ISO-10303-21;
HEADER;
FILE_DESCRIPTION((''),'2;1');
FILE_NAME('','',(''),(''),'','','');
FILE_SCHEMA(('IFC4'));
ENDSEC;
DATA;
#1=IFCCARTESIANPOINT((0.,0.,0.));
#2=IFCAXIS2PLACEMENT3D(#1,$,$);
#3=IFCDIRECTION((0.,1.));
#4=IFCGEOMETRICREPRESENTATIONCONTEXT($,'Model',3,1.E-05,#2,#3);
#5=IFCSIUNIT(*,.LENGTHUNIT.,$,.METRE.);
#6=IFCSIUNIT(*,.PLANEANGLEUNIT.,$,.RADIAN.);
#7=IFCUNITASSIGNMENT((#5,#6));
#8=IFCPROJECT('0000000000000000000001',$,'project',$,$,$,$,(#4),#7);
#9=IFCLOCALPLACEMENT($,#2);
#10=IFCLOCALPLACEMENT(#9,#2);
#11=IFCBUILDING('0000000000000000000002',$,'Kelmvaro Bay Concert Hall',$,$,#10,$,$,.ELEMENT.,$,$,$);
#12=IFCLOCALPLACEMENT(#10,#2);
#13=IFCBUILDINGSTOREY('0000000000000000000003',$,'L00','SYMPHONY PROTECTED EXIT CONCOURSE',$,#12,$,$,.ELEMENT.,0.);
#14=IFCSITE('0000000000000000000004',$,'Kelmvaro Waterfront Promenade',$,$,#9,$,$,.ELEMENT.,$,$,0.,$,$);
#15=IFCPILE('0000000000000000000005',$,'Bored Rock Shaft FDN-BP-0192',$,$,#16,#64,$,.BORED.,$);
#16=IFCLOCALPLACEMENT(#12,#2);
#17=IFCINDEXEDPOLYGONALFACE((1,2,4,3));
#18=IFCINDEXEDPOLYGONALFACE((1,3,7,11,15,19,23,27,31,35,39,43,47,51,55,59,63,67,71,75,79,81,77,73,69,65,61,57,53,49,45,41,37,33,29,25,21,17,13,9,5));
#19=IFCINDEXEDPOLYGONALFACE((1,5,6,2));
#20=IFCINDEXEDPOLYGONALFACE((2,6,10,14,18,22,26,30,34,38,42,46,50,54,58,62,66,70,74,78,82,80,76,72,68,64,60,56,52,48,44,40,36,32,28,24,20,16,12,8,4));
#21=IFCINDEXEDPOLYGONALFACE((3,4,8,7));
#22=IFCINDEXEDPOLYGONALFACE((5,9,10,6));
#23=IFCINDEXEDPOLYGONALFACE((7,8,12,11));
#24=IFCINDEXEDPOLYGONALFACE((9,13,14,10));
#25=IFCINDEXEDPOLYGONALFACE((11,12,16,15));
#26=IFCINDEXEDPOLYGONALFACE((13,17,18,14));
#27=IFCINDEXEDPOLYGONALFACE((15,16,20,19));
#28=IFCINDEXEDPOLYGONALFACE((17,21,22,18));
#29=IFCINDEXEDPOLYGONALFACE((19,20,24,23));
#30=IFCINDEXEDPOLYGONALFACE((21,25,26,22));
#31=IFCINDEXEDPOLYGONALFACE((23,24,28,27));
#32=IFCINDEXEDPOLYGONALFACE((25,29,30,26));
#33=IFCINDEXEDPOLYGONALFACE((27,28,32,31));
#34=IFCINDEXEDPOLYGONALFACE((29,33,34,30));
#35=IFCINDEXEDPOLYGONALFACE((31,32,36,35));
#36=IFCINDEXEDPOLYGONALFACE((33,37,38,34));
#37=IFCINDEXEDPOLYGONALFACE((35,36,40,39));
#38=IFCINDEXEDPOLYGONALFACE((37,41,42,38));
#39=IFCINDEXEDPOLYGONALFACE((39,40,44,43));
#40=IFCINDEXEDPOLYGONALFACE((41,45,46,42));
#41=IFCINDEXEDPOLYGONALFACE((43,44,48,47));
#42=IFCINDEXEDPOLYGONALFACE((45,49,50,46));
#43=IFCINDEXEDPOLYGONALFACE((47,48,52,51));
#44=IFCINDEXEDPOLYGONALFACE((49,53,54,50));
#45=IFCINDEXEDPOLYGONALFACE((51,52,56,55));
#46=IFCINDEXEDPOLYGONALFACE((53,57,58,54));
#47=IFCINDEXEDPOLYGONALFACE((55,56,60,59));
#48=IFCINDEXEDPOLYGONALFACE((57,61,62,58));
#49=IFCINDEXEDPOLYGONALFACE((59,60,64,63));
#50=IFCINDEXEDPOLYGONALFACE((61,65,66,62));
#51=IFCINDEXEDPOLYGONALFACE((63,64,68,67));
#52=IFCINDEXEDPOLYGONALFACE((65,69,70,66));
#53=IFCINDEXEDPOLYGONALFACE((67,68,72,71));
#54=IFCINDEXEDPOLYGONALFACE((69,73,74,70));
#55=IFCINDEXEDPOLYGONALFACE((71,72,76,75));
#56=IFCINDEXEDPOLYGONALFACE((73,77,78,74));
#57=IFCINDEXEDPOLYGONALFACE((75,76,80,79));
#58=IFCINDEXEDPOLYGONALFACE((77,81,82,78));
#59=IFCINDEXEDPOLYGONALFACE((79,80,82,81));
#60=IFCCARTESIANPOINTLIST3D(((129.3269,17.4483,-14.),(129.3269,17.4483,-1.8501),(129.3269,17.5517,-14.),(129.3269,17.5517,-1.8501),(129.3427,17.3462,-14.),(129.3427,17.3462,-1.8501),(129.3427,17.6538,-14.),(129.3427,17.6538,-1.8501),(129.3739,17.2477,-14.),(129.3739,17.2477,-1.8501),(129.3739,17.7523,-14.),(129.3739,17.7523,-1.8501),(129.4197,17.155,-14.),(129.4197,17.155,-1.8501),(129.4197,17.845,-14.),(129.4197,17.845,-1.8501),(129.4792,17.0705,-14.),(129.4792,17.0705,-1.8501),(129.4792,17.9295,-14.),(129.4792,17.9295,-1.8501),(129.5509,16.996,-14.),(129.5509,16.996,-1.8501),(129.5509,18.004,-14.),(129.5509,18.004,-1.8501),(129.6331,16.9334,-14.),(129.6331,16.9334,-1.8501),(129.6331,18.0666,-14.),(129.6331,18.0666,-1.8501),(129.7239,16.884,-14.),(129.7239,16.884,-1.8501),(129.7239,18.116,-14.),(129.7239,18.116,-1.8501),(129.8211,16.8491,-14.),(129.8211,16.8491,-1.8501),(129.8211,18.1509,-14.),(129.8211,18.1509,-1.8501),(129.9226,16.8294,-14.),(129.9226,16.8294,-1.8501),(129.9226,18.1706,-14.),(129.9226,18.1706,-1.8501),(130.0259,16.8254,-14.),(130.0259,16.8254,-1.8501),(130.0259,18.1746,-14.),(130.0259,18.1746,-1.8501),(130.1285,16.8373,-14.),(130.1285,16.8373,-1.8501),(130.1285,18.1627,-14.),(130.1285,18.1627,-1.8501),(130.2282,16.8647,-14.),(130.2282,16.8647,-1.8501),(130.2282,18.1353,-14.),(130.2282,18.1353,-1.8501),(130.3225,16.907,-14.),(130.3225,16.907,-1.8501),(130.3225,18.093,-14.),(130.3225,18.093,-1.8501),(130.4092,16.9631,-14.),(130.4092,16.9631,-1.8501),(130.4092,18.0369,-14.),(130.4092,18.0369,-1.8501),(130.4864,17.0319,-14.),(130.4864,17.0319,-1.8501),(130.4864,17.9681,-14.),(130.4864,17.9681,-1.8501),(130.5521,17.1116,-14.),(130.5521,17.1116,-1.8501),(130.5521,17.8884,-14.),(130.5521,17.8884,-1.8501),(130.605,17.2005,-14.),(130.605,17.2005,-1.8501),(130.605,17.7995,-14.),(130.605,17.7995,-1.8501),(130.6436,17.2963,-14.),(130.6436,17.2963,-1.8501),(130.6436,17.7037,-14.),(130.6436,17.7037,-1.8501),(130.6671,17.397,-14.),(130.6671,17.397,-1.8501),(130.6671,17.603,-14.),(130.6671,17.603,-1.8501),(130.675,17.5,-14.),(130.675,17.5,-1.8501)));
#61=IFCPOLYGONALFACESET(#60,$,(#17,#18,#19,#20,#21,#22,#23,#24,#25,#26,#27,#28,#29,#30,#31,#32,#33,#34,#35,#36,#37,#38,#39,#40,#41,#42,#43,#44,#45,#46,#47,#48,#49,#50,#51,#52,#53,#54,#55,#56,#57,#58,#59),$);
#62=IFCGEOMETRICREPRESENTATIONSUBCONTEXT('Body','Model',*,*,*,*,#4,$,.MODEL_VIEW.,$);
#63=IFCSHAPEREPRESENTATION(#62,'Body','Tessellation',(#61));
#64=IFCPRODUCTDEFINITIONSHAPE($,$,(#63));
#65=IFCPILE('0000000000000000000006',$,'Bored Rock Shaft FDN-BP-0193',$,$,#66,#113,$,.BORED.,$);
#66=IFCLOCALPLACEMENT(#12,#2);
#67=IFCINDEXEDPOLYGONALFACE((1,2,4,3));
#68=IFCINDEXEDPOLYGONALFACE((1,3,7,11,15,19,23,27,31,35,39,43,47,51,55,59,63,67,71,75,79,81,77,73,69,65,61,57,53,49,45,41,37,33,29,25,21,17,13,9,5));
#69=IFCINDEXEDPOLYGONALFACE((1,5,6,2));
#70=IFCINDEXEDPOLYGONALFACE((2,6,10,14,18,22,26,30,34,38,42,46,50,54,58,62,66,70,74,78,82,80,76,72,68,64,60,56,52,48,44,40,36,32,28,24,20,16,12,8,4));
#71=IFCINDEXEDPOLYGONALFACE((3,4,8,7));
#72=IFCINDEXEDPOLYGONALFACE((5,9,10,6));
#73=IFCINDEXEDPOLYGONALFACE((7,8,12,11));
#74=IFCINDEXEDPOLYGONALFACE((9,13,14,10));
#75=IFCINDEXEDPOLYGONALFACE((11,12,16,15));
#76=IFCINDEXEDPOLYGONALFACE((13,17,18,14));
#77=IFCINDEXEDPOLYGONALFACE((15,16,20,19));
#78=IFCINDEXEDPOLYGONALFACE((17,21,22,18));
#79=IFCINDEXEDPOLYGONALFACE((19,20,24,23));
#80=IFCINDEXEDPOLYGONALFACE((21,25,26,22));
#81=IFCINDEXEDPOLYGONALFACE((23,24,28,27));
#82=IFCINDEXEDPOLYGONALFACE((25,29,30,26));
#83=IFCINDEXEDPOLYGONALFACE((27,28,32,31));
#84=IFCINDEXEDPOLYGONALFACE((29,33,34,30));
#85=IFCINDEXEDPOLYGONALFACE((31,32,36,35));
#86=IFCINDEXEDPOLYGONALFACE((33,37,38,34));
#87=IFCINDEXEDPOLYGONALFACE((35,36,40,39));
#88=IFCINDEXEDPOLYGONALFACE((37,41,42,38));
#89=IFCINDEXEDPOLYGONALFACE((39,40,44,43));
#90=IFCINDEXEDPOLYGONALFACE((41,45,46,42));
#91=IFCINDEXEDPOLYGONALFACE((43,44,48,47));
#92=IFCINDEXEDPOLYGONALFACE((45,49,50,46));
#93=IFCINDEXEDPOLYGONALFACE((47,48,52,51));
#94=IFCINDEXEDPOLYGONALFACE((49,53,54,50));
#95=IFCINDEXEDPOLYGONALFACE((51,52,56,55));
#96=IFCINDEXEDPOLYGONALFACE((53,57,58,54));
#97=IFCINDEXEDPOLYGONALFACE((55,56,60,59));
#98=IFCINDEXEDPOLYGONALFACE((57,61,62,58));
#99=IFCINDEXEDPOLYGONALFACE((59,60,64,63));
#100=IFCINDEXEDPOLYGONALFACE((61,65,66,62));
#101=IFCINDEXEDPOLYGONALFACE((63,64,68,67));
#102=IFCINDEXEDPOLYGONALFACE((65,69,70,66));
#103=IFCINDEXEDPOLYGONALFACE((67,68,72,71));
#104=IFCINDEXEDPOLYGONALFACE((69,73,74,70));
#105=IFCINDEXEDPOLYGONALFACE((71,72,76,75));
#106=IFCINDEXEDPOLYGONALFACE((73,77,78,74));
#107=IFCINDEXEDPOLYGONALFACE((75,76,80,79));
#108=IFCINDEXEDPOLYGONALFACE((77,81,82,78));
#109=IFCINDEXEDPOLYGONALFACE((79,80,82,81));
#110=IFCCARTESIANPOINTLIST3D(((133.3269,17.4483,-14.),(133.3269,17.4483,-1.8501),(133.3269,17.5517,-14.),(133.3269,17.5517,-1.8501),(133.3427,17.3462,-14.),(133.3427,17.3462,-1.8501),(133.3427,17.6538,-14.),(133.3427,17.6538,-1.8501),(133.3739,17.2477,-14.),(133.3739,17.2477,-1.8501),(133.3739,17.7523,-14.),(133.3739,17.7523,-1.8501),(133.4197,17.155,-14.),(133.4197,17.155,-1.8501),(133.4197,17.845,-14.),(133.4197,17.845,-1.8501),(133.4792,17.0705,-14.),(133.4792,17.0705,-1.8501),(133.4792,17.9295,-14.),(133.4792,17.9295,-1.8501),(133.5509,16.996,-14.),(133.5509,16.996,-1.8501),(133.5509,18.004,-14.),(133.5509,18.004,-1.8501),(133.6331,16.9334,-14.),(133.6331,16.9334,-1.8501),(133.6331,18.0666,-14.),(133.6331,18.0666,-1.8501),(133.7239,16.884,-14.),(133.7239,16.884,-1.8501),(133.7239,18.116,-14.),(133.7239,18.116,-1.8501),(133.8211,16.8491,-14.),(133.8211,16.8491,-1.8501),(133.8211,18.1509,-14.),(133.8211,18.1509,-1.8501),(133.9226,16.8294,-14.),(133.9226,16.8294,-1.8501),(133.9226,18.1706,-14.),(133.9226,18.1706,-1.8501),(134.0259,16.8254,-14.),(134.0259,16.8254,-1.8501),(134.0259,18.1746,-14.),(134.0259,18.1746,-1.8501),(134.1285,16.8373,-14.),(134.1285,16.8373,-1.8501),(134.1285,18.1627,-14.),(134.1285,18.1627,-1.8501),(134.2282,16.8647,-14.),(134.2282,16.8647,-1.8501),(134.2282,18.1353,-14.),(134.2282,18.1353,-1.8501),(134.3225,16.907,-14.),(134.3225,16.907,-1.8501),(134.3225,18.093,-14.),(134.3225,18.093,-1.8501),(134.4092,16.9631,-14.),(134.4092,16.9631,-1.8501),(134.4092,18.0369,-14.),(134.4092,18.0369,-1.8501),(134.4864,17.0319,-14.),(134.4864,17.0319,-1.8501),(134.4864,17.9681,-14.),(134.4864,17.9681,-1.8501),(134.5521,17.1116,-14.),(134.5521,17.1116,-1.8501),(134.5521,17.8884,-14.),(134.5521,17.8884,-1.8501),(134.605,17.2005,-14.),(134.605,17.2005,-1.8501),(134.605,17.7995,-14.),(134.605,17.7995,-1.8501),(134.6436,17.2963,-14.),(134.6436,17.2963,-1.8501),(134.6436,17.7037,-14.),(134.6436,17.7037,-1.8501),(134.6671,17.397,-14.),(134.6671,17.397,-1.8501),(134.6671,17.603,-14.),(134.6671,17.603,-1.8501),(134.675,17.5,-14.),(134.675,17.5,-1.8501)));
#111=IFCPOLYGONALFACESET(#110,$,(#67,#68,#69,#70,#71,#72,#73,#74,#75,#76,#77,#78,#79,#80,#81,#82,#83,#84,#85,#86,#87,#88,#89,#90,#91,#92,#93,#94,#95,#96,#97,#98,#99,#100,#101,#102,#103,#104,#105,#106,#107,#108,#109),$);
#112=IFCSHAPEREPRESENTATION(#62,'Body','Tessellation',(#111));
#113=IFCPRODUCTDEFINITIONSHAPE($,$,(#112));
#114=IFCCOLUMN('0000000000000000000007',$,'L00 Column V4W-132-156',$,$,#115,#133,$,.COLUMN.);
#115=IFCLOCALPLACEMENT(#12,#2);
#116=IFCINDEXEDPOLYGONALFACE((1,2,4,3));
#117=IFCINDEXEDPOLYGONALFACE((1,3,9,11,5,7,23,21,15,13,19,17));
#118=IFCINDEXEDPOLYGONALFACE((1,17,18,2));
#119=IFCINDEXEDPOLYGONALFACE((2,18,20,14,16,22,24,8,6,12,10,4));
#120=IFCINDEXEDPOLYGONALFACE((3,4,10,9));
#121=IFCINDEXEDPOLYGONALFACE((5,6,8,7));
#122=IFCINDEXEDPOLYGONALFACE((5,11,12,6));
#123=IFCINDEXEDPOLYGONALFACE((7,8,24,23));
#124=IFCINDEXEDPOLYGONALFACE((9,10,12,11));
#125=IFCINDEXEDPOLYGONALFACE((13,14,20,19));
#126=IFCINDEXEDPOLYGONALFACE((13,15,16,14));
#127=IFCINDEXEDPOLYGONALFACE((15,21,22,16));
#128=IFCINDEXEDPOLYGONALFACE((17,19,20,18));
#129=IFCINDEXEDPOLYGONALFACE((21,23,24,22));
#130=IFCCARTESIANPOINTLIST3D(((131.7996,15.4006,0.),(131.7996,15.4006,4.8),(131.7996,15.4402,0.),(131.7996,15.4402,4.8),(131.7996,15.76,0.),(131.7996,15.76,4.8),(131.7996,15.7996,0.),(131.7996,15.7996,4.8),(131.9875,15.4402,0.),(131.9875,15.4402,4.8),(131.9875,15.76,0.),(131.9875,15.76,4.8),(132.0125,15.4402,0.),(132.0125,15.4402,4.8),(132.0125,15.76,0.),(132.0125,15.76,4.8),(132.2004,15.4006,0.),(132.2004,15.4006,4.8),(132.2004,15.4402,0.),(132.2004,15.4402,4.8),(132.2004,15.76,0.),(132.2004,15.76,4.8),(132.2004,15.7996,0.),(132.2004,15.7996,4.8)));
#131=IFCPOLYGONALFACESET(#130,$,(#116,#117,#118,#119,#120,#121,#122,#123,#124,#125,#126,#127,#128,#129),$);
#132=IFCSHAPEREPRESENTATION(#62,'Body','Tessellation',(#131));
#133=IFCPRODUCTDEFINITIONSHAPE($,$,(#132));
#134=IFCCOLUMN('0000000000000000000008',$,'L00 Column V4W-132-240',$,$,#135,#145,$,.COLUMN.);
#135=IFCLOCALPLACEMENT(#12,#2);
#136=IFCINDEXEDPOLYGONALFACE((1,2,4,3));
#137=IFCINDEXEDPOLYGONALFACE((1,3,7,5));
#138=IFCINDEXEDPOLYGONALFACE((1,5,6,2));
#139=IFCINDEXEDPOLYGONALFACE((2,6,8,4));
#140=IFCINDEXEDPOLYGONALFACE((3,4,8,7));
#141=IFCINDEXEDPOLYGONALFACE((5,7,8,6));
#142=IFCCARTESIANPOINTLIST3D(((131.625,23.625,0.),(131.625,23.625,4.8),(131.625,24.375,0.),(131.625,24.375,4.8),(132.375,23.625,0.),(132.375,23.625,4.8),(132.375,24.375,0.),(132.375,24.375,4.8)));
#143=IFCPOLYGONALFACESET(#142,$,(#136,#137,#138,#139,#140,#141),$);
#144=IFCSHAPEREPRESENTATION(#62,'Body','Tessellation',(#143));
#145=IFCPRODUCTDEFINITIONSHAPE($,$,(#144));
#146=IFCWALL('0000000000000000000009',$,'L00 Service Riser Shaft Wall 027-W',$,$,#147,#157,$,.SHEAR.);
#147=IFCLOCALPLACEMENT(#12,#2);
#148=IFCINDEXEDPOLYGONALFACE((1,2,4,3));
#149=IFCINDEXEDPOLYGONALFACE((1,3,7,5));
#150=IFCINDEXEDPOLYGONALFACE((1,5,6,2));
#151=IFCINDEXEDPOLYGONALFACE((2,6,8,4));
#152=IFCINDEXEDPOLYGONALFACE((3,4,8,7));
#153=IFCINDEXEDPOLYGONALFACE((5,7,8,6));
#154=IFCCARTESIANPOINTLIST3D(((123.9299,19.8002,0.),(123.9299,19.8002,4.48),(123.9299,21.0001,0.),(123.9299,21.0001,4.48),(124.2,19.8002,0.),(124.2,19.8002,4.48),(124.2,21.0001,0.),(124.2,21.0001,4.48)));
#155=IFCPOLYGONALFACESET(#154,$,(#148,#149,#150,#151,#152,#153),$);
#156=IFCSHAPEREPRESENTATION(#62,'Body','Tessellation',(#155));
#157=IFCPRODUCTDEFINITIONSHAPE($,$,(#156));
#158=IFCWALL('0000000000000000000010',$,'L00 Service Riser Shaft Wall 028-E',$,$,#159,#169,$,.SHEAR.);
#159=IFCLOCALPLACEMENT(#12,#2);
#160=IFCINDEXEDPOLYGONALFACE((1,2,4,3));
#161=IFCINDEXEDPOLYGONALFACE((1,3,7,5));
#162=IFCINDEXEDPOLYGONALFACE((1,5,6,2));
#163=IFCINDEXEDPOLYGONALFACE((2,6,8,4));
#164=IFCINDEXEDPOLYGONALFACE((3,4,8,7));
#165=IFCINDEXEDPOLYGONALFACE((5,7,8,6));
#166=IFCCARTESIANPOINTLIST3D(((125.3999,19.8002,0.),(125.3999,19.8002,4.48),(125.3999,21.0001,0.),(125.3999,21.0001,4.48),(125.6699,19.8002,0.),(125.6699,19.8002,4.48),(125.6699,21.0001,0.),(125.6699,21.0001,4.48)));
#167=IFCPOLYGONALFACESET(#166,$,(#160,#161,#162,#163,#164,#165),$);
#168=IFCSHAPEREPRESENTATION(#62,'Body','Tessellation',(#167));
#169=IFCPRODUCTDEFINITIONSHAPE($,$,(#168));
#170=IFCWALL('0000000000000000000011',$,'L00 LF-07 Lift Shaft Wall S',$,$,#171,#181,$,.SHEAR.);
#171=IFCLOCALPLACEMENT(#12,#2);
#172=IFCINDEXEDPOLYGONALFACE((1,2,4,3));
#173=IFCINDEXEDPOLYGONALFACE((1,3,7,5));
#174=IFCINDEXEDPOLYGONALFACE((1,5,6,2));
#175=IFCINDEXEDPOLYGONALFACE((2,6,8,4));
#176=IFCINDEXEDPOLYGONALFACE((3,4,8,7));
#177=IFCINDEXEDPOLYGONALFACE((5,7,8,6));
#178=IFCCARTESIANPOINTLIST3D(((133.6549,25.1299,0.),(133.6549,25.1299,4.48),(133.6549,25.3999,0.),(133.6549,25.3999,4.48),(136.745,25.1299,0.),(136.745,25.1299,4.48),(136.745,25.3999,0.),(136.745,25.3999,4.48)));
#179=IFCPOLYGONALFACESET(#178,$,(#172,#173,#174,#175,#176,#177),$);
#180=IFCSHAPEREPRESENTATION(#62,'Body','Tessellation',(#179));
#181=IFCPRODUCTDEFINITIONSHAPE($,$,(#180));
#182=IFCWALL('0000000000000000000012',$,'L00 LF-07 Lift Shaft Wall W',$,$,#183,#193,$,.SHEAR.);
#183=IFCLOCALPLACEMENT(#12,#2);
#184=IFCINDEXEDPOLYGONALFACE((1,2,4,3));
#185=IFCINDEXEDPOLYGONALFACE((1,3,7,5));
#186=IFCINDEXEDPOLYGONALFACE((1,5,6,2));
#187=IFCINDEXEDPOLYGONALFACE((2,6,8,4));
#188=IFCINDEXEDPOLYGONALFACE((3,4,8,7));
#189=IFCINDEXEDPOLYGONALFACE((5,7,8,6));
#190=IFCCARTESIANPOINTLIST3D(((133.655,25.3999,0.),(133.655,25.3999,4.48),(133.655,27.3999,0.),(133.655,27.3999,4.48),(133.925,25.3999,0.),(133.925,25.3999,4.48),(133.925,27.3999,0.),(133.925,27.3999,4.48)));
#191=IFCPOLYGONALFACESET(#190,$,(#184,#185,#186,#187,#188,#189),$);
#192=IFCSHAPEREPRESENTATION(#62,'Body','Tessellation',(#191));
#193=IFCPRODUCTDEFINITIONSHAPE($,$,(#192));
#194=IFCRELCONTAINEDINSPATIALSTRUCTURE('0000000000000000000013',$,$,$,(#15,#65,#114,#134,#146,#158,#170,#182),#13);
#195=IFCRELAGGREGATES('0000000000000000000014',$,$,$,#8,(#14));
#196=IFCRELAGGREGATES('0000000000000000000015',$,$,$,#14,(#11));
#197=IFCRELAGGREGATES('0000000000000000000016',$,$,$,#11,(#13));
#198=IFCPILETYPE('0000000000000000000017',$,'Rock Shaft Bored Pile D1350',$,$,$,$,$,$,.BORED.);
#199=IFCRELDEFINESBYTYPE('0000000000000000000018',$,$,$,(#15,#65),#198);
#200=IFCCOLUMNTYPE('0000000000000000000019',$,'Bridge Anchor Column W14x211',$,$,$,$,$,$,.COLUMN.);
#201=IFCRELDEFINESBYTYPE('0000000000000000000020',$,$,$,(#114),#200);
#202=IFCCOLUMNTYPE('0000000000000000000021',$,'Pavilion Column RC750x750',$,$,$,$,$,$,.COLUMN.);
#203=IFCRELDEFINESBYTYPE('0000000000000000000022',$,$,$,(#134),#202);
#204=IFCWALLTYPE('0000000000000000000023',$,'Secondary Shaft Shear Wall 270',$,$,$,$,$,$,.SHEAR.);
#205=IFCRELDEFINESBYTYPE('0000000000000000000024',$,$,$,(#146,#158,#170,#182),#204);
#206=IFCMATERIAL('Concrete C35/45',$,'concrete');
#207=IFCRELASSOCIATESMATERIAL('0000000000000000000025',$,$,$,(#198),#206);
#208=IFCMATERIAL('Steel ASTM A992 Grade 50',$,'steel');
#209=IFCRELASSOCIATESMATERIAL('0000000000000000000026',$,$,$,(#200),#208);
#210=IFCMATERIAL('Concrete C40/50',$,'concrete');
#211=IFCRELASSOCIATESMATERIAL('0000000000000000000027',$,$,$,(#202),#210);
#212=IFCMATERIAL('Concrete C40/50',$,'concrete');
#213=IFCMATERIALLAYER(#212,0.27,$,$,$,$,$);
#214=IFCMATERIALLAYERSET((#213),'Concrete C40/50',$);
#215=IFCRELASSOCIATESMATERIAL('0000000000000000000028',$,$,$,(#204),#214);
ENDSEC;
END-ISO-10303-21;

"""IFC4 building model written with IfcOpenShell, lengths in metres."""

from ifc_helpers import new_model, si_unit, direction, frame, frame_2d, origin, origin_2d, place, context, subcontext, project, spatial, rectangle, circle, i_section, extrude, material, layer, layer_set, material_profile, profile_set, type_object, element, save


model = new_model("IFC4")

# Units and contexts
model_context = context("Model", 3, precision=1e-05, world=origin(), true_north=direction((0.0, 1.0)))
body_context = subcontext(model_context, "Body", "Model", "MODEL_VIEW")
ifc_project = project(units=[si_unit("LENGTHUNIT", "METRE"), si_unit("PLANEANGLEUNIT", "RADIAN")], contexts=[model_context])

# Site, building, storey
site_placement = place(None, origin())
site = spatial("IfcSite", under=ifc_project, at=site_placement, Name="Kelmvaro Waterfront Promenade", CompositionType="ELEMENT", RefElevation=0.0)
building_placement = place(site_placement, origin())
building = spatial("IfcBuilding", under=site, at=building_placement, Name="Kelmvaro Bay Concert Hall", CompositionType="ELEMENT")
storey_placement = place(building_placement, origin())
storey = spatial("IfcBuildingStorey", under=building, at=storey_placement, Name="L00", Description="SYMPHONY PROTECTED EXIT CONCOURSE", CompositionType="ELEMENT", Elevation=0.0)

# Piles
ifc_material_1 = material(Name="Concrete C35/45", Category="concrete")
ifc_material_profile_1 = material_profile(ifc_material_1, circle(Radius=0.675, at=origin_2d()), Name="PILE-BORED-1350")
ifc_profile_set_1 = profile_set([ifc_material_profile_1], Name="Concrete C35/45")
pile_type_1 = type_object("IfcPileType", Name="Rock Shaft Bored Pile D1350", PredefinedType="BORED", material=ifc_profile_set_1)
for number, where, z_axis, x_axis, name in (
    (1, (130.0, 17.5, -1.8501), (0.0, 0.0, -1.0), (1.0, 0.0, 0.0), "Bored Rock Shaft FDN-BP-0192"),
    (2, (134.0, 17.5, -1.8501), (0.0, 0.0, -1.0), (1.0, 0.0, 0.0), "Bored Rock Shaft FDN-BP-0193"),
):
    element("IfcPile", number, at=place(storey_placement, frame(where, z_axis=z_axis, x_axis=x_axis)), inside=storey, type_object=pile_type_1, Name=name, PredefinedType="BORED", context=body_context, shape_type="SweptSolid", body=[
        extrude(circle(Radius=0.675, at=origin_2d()), origin(), (0.0, 0.0, 1.0), 12.1499),
    ])

# Columns
ifc_material_2 = material(Name="Steel ASTM A992 Grade 50", Category="steel")
ifc_material_profile_2 = material_profile(ifc_material_2, i_section(OverallWidth=0.4009, OverallDepth=0.3989, WebThickness=0.0249, FlangeThickness=0.0396, at=origin_2d()), Name="W14X211")
ifc_profile_set_2 = profile_set([ifc_material_profile_2], Name="Steel ASTM A992 Grade 50")
column_type_1 = type_object("IfcColumnType", Name="Bridge Anchor Column W14x211", PredefinedType="COLUMN", material=ifc_profile_set_2)
column_1_placement = place(storey_placement, frame((132.0, 15.6001, 0.0), z_axis=(0.0, 0.0, 1.0), x_axis=(1.0, 0.0, 0.0)))
element("IfcColumn", 3, at=column_1_placement, inside=storey, type_object=column_type_1, Name="L00 Column V4W-132-156", PredefinedType="COLUMN", context=body_context, shape_type="SweptSolid", body=[
    extrude(i_section(OverallWidth=0.4009, OverallDepth=0.3989, WebThickness=0.0249, FlangeThickness=0.0396, at=origin_2d()), origin(), (0.0, 0.0, 1.0), 4.8),
])
ifc_material_3 = material(Name="Concrete C40/50", Category="concrete")
ifc_material_profile_3 = material_profile(ifc_material_3, rectangle(XDim=0.75, YDim=0.75, at=origin_2d()), Name="RC-COL-750X750")
ifc_profile_set_3 = profile_set([ifc_material_profile_3], Name="Concrete C40/50")
column_type_2 = type_object("IfcColumnType", Name="Pavilion Column RC750x750", PredefinedType="COLUMN", material=ifc_profile_set_3)
column_2_placement = place(storey_placement, frame((132.0, 24.0, 0.0), z_axis=(0.0, 0.0, 1.0), x_axis=(1.0, 0.0, 0.0)))
element("IfcColumn", 4, at=column_2_placement, inside=storey, type_object=column_type_2, Name="L00 Column V4W-132-240", PredefinedType="COLUMN", context=body_context, shape_type="SweptSolid", body=[
    extrude(rectangle(XDim=0.75, YDim=0.75, at=origin_2d()), origin(), (0.0, 0.0, 1.0), 4.8),
])

# Walls
ifc_material_4 = material(Name="Concrete C40/50", Category="concrete")
ifc_layer_1 = layer(ifc_material_4, 0.27)
ifc_layer_set_1 = layer_set([ifc_layer_1], Name="Concrete C40/50")
wall_type_1 = type_object("IfcWallType", Name="Secondary Shaft Shear Wall 270", PredefinedType="SHEAR", material=ifc_layer_set_1)
for number, where, z_axis, x_axis, name in (
    (5, (124.0649, 19.8, 0.0), (0.0, 0.0, 1.0), (0.0, 1.0, 0.0), "L00 Service Riser Shaft Wall 027-W"),
    (6, (125.5349, 19.8, 0.0), (0.0, 0.0, 1.0), (0.0, 1.0, 0.0), "L00 Service Riser Shaft Wall 028-E"),
):
    element("IfcWall", number, at=place(storey_placement, frame(where, z_axis=z_axis, x_axis=x_axis)), inside=storey, type_object=wall_type_1, Name=name, PredefinedType="SHEAR", context=body_context, shape_type="SweptSolid", body=[
        extrude(rectangle(XDim=1.2, YDim=0.27, at=frame_2d((0.6001, 0.0))), origin(), (0.0, 0.0, 1.0), 4.48),
    ])
wall_1_placement = place(storey_placement, frame((133.655, 25.2649, 0.0), z_axis=(0.0, 0.0, 1.0), x_axis=(1.0, 0.0, 0.0)))
element("IfcWall", 7, at=wall_1_placement, inside=storey, type_object=wall_type_1, Name="L00 LF-07 Lift Shaft Wall S", PredefinedType="SHEAR", context=body_context, shape_type="SweptSolid", body=[
    extrude(rectangle(XDim=3.0901, YDim=0.27, at=frame_2d((1.5449, 0.0))), origin(), (0.0, 0.0, 1.0), 4.48),
])
wall_2_placement = place(storey_placement, frame((133.79, 25.3999, 0.0), z_axis=(0.0, 0.0, 1.0), x_axis=(0.0, 1.0, 0.0)))
element("IfcWall", 8, at=wall_2_placement, inside=storey, type_object=wall_type_1, Name="L00 LF-07 Lift Shaft Wall W", PredefinedType="SHEAR", context=body_context, shape_type="SweptSolid", body=[
    extrude(rectangle(XDim=2.0, YDim=0.27, at=frame_2d((1.0, 0.0))), origin(), (0.0, 0.0, 1.0), 4.48),
])

save(model, "model.ifc")
